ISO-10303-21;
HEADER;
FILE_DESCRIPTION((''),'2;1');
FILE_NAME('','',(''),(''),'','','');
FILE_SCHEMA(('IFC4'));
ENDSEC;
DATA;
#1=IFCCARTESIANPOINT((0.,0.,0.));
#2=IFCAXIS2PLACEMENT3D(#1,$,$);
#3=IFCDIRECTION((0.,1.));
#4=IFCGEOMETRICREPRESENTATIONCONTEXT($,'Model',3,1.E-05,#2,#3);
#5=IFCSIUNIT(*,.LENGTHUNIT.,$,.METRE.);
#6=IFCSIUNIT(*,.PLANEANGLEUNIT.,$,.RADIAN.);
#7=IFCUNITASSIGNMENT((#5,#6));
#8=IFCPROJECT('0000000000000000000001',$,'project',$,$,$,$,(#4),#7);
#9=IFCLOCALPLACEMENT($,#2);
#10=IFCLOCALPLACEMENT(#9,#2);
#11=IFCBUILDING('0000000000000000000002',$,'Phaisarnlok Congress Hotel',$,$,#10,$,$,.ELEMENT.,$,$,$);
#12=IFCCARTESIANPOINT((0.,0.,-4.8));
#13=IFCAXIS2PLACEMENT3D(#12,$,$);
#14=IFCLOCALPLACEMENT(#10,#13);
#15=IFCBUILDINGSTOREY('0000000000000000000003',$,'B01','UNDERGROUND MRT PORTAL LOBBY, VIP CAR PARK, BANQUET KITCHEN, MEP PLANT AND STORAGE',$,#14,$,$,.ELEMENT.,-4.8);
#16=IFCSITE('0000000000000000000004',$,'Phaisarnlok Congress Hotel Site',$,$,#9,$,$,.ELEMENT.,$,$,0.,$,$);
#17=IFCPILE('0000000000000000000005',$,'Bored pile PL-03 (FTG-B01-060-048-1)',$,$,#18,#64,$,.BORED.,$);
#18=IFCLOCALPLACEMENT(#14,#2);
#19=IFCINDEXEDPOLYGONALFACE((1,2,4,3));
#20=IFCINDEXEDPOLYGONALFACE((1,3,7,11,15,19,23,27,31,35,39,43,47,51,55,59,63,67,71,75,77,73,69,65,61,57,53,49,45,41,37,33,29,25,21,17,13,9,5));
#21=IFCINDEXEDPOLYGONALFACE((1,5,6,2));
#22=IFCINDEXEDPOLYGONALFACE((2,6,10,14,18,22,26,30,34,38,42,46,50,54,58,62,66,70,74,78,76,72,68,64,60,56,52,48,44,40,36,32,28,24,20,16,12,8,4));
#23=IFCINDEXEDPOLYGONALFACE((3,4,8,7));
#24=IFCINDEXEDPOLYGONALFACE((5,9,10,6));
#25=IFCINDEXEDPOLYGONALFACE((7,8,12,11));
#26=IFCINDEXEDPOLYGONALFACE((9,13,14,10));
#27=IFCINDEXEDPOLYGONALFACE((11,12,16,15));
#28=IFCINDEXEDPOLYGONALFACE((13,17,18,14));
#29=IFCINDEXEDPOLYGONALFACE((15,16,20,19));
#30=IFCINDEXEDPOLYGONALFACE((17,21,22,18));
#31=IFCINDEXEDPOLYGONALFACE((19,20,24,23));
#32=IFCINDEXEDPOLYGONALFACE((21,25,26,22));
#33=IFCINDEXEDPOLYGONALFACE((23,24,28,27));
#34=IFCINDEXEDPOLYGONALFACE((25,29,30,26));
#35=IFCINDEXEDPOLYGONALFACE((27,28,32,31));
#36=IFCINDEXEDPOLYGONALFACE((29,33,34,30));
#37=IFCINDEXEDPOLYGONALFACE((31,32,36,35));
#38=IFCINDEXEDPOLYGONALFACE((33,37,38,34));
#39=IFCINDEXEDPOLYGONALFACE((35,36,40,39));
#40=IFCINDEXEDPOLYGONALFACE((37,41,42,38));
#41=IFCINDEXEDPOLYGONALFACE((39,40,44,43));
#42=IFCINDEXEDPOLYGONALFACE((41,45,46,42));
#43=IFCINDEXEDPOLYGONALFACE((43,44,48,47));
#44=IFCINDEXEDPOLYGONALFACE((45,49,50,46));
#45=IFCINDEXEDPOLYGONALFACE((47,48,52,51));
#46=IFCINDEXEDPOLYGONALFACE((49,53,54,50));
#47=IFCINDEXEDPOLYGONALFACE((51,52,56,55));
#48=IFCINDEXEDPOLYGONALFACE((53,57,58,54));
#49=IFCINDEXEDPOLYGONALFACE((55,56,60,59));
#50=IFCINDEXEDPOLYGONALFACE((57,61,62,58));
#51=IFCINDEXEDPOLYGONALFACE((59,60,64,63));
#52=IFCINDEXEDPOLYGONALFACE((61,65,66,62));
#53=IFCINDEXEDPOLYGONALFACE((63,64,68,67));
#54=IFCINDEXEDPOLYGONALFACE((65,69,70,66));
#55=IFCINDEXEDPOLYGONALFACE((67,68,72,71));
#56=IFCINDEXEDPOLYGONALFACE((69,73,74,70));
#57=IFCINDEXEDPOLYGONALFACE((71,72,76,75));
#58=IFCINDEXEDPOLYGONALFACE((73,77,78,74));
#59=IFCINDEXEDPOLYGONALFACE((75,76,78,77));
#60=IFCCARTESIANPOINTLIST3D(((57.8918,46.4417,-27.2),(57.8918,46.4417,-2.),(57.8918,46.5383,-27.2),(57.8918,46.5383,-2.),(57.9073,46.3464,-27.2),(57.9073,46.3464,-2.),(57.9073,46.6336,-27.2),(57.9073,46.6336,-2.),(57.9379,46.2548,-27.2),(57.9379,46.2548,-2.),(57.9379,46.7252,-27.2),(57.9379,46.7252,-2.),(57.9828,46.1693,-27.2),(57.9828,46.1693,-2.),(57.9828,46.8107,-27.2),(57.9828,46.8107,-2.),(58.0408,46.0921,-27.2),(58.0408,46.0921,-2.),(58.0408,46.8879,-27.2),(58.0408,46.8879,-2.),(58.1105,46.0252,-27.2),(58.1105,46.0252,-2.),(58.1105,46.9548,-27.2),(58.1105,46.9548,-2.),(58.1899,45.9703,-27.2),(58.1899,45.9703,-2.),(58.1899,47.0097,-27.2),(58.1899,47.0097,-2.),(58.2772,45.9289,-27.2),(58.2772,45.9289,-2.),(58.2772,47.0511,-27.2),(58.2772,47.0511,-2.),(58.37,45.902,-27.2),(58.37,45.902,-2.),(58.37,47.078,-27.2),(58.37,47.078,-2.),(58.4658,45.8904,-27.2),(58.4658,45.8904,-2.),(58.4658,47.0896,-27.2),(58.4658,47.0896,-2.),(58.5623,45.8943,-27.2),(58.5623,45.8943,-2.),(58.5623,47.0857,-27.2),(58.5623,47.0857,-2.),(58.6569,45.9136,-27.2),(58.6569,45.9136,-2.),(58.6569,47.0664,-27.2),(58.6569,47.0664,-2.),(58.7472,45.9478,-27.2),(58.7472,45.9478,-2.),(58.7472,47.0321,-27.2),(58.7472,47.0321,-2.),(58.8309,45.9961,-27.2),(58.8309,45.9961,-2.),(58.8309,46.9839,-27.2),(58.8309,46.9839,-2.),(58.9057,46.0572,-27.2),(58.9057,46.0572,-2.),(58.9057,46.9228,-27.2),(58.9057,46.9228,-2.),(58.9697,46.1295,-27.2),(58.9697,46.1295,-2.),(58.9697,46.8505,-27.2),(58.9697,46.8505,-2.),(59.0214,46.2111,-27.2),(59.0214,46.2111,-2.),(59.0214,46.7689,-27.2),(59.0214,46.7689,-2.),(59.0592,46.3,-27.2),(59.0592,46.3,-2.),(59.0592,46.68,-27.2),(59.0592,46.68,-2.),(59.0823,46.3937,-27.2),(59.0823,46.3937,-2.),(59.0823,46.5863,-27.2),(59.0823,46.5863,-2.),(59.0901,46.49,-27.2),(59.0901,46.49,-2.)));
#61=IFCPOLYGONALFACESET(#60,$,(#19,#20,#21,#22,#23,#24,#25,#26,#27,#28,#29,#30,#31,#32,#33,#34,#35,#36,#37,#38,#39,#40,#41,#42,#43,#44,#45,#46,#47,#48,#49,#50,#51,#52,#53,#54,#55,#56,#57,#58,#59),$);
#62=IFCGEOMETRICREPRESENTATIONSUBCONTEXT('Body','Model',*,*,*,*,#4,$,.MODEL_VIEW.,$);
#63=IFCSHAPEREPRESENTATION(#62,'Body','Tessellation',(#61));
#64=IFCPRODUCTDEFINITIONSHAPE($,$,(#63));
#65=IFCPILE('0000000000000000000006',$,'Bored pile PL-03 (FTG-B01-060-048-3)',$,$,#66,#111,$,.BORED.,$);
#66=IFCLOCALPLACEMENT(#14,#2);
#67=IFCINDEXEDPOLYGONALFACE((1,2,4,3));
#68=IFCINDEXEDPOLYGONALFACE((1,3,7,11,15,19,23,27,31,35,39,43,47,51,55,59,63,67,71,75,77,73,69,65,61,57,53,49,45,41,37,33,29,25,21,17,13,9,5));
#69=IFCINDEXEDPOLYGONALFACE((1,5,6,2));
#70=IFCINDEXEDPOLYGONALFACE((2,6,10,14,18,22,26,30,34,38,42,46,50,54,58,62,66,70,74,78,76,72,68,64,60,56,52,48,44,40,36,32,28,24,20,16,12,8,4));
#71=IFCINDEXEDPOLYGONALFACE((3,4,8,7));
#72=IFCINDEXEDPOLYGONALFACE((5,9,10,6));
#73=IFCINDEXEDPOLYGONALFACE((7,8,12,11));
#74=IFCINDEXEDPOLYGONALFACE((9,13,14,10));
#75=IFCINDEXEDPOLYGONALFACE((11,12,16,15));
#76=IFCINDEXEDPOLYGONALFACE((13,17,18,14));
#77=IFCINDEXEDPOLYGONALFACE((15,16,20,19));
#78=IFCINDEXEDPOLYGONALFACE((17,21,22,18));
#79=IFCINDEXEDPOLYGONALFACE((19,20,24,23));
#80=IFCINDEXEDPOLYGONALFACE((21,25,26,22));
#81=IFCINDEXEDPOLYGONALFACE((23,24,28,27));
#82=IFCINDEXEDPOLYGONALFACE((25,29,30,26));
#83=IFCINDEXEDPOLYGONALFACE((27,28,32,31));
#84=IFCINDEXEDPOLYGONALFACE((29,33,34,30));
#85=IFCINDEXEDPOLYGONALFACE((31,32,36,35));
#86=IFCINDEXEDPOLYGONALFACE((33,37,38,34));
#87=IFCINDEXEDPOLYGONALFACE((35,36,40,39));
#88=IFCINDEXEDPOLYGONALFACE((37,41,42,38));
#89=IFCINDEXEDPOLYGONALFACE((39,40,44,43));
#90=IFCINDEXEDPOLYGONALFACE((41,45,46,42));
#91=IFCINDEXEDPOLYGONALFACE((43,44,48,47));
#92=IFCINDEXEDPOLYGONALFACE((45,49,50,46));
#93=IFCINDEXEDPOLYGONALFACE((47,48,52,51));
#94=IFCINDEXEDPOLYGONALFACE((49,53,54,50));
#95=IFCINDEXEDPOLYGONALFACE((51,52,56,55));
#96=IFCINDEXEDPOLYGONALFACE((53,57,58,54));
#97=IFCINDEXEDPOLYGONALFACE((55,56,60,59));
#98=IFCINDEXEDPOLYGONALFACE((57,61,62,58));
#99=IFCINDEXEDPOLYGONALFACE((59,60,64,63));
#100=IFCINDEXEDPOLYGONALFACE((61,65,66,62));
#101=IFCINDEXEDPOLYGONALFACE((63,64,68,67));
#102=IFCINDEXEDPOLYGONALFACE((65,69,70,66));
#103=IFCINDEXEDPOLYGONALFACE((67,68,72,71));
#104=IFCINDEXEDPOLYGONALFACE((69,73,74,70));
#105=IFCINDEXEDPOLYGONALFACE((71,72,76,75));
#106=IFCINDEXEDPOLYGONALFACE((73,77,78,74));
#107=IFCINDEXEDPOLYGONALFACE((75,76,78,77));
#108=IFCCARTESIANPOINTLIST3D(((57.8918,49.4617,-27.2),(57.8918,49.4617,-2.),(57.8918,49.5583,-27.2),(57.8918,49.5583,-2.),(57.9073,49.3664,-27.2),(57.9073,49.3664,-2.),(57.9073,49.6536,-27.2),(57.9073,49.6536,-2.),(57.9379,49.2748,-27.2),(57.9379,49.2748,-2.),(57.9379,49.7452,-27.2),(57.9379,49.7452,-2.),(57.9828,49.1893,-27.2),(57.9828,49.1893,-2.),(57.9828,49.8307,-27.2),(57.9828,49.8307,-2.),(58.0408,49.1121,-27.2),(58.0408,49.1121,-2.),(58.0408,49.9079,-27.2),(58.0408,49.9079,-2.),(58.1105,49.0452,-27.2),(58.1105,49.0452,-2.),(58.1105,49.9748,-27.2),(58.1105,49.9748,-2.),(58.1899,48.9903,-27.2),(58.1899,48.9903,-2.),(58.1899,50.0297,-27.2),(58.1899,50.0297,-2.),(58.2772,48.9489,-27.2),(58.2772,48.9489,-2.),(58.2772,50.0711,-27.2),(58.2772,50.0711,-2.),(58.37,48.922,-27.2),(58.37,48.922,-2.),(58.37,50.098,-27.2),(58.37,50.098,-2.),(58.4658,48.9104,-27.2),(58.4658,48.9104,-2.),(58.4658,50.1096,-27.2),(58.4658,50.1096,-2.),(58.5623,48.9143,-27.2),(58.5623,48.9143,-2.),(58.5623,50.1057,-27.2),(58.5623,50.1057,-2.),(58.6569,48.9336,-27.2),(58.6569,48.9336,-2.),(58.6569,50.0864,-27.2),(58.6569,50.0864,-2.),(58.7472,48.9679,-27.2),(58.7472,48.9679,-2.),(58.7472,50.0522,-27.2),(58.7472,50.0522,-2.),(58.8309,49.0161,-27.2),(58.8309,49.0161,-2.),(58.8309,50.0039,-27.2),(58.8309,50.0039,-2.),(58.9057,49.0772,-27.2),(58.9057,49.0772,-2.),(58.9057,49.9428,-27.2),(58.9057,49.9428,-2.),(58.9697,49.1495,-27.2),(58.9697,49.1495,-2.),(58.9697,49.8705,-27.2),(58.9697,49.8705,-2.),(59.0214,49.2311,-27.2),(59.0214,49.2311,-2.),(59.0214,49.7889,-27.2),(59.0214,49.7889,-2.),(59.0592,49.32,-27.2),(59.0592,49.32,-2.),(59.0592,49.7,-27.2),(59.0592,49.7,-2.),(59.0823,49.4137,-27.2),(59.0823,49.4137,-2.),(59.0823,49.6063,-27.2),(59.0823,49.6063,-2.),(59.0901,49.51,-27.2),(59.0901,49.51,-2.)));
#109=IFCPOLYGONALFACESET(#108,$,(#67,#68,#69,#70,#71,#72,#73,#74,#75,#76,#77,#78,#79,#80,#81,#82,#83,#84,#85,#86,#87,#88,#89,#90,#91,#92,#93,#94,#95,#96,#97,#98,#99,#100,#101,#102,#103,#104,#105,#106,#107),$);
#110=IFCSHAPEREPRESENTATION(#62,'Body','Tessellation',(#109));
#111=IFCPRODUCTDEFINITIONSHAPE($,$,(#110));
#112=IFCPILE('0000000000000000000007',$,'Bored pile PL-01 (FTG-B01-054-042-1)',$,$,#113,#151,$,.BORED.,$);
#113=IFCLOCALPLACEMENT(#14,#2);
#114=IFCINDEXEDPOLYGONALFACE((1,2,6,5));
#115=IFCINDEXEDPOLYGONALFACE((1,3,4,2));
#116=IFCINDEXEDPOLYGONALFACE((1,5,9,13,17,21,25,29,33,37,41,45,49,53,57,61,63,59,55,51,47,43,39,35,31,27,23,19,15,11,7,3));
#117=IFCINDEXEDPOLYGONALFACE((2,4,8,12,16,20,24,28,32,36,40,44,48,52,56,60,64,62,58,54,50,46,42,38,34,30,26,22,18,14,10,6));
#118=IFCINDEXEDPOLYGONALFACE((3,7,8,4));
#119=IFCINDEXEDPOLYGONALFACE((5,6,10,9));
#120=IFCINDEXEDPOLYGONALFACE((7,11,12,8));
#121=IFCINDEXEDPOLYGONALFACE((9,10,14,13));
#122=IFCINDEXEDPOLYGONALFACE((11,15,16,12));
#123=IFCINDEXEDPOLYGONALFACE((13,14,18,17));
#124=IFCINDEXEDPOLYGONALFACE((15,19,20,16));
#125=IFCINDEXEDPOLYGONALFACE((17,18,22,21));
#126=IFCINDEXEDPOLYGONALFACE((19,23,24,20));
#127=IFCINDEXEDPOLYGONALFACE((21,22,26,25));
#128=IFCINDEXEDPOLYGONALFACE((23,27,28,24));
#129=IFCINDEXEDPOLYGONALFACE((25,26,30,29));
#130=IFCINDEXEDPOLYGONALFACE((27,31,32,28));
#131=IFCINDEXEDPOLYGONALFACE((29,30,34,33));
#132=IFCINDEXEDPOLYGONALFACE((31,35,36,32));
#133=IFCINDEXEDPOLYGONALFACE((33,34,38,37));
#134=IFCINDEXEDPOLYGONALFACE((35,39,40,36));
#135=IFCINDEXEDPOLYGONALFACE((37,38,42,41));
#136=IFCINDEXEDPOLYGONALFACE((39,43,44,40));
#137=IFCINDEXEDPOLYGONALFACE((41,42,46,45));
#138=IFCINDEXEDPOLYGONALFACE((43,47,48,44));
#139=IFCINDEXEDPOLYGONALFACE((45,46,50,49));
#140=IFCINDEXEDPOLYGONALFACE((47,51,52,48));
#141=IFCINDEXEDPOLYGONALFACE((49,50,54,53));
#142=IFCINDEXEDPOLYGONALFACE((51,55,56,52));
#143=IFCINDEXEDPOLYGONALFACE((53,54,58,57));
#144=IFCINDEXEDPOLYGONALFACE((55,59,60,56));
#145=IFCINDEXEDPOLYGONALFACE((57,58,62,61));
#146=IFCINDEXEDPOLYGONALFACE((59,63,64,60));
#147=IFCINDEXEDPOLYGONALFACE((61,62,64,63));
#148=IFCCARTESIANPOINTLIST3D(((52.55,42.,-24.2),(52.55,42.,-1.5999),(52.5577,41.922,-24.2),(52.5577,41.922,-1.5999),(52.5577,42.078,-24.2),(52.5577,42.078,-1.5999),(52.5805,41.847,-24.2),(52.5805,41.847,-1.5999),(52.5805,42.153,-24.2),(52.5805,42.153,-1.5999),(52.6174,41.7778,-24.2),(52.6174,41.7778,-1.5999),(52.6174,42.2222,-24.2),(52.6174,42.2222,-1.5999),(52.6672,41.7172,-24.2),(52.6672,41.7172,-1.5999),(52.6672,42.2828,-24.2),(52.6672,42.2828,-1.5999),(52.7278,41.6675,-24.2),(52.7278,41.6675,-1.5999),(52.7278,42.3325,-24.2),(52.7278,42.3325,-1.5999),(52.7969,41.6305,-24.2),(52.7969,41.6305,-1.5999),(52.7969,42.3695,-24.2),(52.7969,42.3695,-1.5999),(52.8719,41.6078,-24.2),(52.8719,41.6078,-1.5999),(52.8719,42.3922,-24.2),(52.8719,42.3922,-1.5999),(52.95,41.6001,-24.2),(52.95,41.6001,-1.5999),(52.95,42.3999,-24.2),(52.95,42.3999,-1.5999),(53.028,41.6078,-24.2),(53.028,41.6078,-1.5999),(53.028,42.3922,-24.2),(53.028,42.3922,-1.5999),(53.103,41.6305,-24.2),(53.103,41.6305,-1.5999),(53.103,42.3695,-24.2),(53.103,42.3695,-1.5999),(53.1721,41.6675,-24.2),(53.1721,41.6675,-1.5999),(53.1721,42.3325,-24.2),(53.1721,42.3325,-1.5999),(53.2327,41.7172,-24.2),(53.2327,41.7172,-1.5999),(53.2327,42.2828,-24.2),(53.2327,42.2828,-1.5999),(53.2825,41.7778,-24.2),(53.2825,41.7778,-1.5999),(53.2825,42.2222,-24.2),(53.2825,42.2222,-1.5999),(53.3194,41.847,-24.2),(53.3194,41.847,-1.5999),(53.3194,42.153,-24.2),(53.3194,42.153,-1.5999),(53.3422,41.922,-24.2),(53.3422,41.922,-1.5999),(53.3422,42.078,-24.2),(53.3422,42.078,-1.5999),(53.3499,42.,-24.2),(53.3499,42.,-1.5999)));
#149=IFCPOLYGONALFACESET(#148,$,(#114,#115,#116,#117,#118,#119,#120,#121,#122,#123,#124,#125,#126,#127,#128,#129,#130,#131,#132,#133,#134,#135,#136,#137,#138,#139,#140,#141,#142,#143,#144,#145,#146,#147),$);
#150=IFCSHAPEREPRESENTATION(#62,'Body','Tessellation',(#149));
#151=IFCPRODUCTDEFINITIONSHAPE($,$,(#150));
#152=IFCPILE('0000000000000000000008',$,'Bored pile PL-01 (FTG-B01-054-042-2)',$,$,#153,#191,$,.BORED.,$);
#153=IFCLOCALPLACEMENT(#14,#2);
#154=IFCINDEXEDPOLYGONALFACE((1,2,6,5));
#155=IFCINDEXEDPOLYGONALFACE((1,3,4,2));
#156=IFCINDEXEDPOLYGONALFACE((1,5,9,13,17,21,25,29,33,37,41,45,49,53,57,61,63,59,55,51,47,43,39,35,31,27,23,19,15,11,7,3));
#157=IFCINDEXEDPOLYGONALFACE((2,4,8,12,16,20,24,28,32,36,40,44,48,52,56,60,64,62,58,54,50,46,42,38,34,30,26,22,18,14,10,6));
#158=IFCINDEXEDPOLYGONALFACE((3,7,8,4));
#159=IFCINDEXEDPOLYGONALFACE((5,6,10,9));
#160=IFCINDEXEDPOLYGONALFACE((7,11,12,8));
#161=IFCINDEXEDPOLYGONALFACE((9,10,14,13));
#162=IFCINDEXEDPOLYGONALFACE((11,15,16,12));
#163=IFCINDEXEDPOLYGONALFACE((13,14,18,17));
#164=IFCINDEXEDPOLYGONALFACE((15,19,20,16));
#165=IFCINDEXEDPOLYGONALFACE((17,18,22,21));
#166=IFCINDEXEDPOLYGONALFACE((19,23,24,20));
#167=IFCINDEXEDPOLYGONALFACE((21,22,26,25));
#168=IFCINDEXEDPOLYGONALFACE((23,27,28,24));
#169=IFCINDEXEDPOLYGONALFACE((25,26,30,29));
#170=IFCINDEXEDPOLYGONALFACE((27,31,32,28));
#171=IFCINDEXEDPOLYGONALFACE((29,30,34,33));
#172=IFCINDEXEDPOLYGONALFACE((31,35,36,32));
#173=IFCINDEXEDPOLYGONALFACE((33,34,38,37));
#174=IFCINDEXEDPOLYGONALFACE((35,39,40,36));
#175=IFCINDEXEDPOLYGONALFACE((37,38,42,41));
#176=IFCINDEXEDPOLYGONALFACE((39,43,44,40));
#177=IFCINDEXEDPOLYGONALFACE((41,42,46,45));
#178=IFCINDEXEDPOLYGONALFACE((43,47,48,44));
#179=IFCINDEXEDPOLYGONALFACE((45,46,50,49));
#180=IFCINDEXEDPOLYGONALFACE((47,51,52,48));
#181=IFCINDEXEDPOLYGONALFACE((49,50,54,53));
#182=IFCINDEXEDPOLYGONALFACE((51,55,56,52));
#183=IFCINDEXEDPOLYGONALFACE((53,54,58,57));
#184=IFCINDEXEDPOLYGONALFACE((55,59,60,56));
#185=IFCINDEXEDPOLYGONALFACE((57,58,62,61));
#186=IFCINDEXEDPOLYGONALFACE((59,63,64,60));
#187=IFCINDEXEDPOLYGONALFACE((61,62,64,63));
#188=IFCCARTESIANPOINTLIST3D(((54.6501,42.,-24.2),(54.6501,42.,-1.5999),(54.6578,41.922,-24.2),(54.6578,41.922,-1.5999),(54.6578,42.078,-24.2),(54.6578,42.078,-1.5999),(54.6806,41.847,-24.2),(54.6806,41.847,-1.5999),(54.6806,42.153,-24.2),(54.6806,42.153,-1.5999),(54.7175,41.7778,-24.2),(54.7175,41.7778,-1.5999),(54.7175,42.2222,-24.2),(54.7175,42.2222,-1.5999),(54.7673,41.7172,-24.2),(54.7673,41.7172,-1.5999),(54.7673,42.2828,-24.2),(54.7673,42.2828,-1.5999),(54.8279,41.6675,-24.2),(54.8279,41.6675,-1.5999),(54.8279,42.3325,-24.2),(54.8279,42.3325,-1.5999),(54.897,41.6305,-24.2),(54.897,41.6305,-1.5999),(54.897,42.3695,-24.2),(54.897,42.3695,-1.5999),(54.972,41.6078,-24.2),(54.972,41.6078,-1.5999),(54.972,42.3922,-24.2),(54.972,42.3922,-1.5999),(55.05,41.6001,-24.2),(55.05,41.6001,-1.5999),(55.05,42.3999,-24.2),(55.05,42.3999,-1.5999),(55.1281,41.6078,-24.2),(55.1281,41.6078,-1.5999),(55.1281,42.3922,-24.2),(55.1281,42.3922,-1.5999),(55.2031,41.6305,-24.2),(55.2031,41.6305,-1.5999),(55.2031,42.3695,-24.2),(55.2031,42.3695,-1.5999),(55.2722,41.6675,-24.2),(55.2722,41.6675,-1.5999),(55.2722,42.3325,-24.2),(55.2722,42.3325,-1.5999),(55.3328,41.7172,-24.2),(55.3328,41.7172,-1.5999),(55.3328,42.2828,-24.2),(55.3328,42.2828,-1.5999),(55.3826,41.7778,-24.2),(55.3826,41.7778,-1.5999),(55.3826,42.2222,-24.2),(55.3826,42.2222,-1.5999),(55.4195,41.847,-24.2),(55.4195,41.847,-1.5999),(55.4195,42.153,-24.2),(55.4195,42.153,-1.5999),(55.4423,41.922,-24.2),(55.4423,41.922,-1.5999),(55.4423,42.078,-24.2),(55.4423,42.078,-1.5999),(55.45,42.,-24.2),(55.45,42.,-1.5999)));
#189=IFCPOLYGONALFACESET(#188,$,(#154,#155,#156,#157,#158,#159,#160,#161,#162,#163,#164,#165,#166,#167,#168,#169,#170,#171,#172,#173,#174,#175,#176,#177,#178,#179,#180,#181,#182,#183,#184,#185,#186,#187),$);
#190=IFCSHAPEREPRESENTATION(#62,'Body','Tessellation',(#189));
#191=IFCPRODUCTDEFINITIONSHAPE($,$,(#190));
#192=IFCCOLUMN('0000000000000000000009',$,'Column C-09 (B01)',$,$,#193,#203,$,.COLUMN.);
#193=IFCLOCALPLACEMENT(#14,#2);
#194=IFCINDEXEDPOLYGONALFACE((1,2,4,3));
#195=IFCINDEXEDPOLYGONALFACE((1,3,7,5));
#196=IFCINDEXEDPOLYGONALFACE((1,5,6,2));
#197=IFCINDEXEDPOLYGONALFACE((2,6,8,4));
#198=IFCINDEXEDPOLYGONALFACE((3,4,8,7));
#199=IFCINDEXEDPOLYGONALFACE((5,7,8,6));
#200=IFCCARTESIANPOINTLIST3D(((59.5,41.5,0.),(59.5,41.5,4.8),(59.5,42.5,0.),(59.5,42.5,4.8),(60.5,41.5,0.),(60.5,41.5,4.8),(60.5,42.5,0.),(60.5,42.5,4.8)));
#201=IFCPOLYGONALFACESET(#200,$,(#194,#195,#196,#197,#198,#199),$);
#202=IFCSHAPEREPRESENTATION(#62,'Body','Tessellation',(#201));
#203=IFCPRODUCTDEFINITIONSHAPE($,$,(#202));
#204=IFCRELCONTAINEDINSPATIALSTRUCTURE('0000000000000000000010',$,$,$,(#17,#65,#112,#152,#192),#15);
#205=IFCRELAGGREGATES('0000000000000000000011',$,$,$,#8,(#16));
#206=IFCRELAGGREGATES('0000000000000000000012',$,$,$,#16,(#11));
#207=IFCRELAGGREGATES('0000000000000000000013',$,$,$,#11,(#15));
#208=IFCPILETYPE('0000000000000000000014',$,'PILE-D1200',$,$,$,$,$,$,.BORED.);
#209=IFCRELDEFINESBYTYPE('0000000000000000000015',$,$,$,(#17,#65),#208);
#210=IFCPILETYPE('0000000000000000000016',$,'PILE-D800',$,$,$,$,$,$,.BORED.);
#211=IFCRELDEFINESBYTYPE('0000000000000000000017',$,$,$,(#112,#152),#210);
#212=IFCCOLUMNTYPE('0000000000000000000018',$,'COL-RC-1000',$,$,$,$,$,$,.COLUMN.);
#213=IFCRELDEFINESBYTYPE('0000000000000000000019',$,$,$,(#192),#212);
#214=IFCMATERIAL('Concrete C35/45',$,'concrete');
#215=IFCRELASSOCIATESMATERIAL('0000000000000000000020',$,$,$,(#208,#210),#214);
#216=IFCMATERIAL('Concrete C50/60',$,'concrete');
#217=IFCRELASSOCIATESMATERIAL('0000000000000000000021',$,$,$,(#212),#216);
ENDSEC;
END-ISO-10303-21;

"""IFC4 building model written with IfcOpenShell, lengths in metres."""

from ifc_helpers import new_model, si_unit, direction, frame, origin, origin_2d, place, context, subcontext, project, spatial, rectangle, circle, extrude, material, material_profile, profile_set, type_object, element, save


model = new_model("IFC4")

# Units and contexts
model_context = context("Model", 3, precision=1e-05, world=origin(), true_north=direction((0.0, 1.0)))
body_context = subcontext(model_context, "Body", "Model", "MODEL_VIEW")
ifc_project = project(units=[si_unit("LENGTHUNIT", "METRE"), si_unit("PLANEANGLEUNIT", "RADIAN")], contexts=[model_context])

# Site, building, storey
site_placement = place(None, origin())
site = spatial("IfcSite", under=ifc_project, at=site_placement, Name="Phaisarnlok Congress Hotel Site", CompositionType="ELEMENT", RefElevation=0.0)
building_placement = place(site_placement, origin())
building = spatial("IfcBuilding", under=site, at=building_placement, Name="Phaisarnlok Congress Hotel", CompositionType="ELEMENT")
storey_placement = place(building_placement, frame((0.0, 0.0, -4.8)))
storey = spatial("IfcBuildingStorey", under=building, at=storey_placement, Name="B01", Description="UNDERGROUND MRT PORTAL LOBBY, VIP CAR PARK, BANQUET KITCHEN, MEP PLANT AND STORAGE", CompositionType="ELEMENT", Elevation=-4.8)

# Piles
ifc_material_1 = material(Name="Concrete C35/45", Category="concrete")
ifc_material_profile_1 = material_profile(ifc_material_1, circle(Radius=0.6001, at=origin_2d()), Name="BORED PILE D1200")
ifc_profile_set_1 = profile_set([ifc_material_profile_1], Name="Concrete C35/45")
pile_type_1 = type_object("IfcPileType", Name="PILE-D1200", PredefinedType="BORED", material=ifc_profile_set_1)
for number, where, z_axis, x_axis, name in (
    (1, (58.49, 46.49, -2.0), (0.0, 0.0, -1.0), (1.0, 0.0, 0.0), "Bored pile PL-03 (FTG-B01-060-048-1)"),
    (2, (58.49, 49.51, -2.0), (0.0, 0.0, -1.0), (1.0, 0.0, 0.0), "Bored pile PL-03 (FTG-B01-060-048-3)"),
):
    element("IfcPile", number, at=place(storey_placement, frame(where, z_axis=z_axis, x_axis=x_axis)), inside=storey, type_object=pile_type_1, Name=name, PredefinedType="BORED", context=body_context, shape_type="SweptSolid", body=[
        extrude(circle(Radius=0.6001, at=origin_2d()), origin(), (0.0, 0.0, 1.0), 25.2),
    ])
ifc_material_profile_2 = material_profile(ifc_material_1, circle(Radius=0.3999, at=origin_2d()), Name="BORED PILE D800")
ifc_profile_set_2 = profile_set([ifc_material_profile_2], Name="Concrete C35/45")
pile_type_2 = type_object("IfcPileType", Name="PILE-D800", PredefinedType="BORED", material=ifc_profile_set_2)
for number, where, z_axis, x_axis, name in (
    (3, (52.95, 42.0, -1.5999), (0.0, 0.0, -1.0), (1.0, 0.0, 0.0), "Bored pile PL-01 (FTG-B01-054-042-1)"),
    (4, (55.05, 42.0, -1.5999), (0.0, 0.0, -1.0), (1.0, 0.0, 0.0), "Bored pile PL-01 (FTG-B01-054-042-2)"),
):
    element("IfcPile", number, at=place(storey_placement, frame(where, z_axis=z_axis, x_axis=x_axis)), inside=storey, type_object=pile_type_2, Name=name, PredefinedType="BORED", context=body_context, shape_type="SweptSolid", body=[
        extrude(circle(Radius=0.3999, at=origin_2d()), origin(), (0.0, 0.0, 1.0), 22.6001),
    ])

# Column
ifc_material_2 = material(Name="Concrete C50/60", Category="concrete")
ifc_material_profile_3 = material_profile(ifc_material_2, rectangle(XDim=1.0, YDim=1.0, at=origin_2d()), Name="RC 1000x1000")
ifc_profile_set_3 = profile_set([ifc_material_profile_3], Name="Concrete C50/60")
column_type_1 = type_object("IfcColumnType", Name="COL-RC-1000", PredefinedType="COLUMN", material=ifc_profile_set_3)
column_1_placement = place(storey_placement, frame((60.0, 42.0, 0.0), z_axis=(0.0, 0.0, 1.0), x_axis=(1.0, 0.0, 0.0)))
element("IfcColumn", 5, at=column_1_placement, inside=storey, type_object=column_type_1, Name="Column C-09 (B01)", PredefinedType="COLUMN", context=body_context, shape_type="SweptSolid", body=[
    extrude(rectangle(XDim=1.0, YDim=1.0, at=origin_2d()), origin(), (0.0, 0.0, 1.0), 4.8),
])

save(model, "model.ifc")
